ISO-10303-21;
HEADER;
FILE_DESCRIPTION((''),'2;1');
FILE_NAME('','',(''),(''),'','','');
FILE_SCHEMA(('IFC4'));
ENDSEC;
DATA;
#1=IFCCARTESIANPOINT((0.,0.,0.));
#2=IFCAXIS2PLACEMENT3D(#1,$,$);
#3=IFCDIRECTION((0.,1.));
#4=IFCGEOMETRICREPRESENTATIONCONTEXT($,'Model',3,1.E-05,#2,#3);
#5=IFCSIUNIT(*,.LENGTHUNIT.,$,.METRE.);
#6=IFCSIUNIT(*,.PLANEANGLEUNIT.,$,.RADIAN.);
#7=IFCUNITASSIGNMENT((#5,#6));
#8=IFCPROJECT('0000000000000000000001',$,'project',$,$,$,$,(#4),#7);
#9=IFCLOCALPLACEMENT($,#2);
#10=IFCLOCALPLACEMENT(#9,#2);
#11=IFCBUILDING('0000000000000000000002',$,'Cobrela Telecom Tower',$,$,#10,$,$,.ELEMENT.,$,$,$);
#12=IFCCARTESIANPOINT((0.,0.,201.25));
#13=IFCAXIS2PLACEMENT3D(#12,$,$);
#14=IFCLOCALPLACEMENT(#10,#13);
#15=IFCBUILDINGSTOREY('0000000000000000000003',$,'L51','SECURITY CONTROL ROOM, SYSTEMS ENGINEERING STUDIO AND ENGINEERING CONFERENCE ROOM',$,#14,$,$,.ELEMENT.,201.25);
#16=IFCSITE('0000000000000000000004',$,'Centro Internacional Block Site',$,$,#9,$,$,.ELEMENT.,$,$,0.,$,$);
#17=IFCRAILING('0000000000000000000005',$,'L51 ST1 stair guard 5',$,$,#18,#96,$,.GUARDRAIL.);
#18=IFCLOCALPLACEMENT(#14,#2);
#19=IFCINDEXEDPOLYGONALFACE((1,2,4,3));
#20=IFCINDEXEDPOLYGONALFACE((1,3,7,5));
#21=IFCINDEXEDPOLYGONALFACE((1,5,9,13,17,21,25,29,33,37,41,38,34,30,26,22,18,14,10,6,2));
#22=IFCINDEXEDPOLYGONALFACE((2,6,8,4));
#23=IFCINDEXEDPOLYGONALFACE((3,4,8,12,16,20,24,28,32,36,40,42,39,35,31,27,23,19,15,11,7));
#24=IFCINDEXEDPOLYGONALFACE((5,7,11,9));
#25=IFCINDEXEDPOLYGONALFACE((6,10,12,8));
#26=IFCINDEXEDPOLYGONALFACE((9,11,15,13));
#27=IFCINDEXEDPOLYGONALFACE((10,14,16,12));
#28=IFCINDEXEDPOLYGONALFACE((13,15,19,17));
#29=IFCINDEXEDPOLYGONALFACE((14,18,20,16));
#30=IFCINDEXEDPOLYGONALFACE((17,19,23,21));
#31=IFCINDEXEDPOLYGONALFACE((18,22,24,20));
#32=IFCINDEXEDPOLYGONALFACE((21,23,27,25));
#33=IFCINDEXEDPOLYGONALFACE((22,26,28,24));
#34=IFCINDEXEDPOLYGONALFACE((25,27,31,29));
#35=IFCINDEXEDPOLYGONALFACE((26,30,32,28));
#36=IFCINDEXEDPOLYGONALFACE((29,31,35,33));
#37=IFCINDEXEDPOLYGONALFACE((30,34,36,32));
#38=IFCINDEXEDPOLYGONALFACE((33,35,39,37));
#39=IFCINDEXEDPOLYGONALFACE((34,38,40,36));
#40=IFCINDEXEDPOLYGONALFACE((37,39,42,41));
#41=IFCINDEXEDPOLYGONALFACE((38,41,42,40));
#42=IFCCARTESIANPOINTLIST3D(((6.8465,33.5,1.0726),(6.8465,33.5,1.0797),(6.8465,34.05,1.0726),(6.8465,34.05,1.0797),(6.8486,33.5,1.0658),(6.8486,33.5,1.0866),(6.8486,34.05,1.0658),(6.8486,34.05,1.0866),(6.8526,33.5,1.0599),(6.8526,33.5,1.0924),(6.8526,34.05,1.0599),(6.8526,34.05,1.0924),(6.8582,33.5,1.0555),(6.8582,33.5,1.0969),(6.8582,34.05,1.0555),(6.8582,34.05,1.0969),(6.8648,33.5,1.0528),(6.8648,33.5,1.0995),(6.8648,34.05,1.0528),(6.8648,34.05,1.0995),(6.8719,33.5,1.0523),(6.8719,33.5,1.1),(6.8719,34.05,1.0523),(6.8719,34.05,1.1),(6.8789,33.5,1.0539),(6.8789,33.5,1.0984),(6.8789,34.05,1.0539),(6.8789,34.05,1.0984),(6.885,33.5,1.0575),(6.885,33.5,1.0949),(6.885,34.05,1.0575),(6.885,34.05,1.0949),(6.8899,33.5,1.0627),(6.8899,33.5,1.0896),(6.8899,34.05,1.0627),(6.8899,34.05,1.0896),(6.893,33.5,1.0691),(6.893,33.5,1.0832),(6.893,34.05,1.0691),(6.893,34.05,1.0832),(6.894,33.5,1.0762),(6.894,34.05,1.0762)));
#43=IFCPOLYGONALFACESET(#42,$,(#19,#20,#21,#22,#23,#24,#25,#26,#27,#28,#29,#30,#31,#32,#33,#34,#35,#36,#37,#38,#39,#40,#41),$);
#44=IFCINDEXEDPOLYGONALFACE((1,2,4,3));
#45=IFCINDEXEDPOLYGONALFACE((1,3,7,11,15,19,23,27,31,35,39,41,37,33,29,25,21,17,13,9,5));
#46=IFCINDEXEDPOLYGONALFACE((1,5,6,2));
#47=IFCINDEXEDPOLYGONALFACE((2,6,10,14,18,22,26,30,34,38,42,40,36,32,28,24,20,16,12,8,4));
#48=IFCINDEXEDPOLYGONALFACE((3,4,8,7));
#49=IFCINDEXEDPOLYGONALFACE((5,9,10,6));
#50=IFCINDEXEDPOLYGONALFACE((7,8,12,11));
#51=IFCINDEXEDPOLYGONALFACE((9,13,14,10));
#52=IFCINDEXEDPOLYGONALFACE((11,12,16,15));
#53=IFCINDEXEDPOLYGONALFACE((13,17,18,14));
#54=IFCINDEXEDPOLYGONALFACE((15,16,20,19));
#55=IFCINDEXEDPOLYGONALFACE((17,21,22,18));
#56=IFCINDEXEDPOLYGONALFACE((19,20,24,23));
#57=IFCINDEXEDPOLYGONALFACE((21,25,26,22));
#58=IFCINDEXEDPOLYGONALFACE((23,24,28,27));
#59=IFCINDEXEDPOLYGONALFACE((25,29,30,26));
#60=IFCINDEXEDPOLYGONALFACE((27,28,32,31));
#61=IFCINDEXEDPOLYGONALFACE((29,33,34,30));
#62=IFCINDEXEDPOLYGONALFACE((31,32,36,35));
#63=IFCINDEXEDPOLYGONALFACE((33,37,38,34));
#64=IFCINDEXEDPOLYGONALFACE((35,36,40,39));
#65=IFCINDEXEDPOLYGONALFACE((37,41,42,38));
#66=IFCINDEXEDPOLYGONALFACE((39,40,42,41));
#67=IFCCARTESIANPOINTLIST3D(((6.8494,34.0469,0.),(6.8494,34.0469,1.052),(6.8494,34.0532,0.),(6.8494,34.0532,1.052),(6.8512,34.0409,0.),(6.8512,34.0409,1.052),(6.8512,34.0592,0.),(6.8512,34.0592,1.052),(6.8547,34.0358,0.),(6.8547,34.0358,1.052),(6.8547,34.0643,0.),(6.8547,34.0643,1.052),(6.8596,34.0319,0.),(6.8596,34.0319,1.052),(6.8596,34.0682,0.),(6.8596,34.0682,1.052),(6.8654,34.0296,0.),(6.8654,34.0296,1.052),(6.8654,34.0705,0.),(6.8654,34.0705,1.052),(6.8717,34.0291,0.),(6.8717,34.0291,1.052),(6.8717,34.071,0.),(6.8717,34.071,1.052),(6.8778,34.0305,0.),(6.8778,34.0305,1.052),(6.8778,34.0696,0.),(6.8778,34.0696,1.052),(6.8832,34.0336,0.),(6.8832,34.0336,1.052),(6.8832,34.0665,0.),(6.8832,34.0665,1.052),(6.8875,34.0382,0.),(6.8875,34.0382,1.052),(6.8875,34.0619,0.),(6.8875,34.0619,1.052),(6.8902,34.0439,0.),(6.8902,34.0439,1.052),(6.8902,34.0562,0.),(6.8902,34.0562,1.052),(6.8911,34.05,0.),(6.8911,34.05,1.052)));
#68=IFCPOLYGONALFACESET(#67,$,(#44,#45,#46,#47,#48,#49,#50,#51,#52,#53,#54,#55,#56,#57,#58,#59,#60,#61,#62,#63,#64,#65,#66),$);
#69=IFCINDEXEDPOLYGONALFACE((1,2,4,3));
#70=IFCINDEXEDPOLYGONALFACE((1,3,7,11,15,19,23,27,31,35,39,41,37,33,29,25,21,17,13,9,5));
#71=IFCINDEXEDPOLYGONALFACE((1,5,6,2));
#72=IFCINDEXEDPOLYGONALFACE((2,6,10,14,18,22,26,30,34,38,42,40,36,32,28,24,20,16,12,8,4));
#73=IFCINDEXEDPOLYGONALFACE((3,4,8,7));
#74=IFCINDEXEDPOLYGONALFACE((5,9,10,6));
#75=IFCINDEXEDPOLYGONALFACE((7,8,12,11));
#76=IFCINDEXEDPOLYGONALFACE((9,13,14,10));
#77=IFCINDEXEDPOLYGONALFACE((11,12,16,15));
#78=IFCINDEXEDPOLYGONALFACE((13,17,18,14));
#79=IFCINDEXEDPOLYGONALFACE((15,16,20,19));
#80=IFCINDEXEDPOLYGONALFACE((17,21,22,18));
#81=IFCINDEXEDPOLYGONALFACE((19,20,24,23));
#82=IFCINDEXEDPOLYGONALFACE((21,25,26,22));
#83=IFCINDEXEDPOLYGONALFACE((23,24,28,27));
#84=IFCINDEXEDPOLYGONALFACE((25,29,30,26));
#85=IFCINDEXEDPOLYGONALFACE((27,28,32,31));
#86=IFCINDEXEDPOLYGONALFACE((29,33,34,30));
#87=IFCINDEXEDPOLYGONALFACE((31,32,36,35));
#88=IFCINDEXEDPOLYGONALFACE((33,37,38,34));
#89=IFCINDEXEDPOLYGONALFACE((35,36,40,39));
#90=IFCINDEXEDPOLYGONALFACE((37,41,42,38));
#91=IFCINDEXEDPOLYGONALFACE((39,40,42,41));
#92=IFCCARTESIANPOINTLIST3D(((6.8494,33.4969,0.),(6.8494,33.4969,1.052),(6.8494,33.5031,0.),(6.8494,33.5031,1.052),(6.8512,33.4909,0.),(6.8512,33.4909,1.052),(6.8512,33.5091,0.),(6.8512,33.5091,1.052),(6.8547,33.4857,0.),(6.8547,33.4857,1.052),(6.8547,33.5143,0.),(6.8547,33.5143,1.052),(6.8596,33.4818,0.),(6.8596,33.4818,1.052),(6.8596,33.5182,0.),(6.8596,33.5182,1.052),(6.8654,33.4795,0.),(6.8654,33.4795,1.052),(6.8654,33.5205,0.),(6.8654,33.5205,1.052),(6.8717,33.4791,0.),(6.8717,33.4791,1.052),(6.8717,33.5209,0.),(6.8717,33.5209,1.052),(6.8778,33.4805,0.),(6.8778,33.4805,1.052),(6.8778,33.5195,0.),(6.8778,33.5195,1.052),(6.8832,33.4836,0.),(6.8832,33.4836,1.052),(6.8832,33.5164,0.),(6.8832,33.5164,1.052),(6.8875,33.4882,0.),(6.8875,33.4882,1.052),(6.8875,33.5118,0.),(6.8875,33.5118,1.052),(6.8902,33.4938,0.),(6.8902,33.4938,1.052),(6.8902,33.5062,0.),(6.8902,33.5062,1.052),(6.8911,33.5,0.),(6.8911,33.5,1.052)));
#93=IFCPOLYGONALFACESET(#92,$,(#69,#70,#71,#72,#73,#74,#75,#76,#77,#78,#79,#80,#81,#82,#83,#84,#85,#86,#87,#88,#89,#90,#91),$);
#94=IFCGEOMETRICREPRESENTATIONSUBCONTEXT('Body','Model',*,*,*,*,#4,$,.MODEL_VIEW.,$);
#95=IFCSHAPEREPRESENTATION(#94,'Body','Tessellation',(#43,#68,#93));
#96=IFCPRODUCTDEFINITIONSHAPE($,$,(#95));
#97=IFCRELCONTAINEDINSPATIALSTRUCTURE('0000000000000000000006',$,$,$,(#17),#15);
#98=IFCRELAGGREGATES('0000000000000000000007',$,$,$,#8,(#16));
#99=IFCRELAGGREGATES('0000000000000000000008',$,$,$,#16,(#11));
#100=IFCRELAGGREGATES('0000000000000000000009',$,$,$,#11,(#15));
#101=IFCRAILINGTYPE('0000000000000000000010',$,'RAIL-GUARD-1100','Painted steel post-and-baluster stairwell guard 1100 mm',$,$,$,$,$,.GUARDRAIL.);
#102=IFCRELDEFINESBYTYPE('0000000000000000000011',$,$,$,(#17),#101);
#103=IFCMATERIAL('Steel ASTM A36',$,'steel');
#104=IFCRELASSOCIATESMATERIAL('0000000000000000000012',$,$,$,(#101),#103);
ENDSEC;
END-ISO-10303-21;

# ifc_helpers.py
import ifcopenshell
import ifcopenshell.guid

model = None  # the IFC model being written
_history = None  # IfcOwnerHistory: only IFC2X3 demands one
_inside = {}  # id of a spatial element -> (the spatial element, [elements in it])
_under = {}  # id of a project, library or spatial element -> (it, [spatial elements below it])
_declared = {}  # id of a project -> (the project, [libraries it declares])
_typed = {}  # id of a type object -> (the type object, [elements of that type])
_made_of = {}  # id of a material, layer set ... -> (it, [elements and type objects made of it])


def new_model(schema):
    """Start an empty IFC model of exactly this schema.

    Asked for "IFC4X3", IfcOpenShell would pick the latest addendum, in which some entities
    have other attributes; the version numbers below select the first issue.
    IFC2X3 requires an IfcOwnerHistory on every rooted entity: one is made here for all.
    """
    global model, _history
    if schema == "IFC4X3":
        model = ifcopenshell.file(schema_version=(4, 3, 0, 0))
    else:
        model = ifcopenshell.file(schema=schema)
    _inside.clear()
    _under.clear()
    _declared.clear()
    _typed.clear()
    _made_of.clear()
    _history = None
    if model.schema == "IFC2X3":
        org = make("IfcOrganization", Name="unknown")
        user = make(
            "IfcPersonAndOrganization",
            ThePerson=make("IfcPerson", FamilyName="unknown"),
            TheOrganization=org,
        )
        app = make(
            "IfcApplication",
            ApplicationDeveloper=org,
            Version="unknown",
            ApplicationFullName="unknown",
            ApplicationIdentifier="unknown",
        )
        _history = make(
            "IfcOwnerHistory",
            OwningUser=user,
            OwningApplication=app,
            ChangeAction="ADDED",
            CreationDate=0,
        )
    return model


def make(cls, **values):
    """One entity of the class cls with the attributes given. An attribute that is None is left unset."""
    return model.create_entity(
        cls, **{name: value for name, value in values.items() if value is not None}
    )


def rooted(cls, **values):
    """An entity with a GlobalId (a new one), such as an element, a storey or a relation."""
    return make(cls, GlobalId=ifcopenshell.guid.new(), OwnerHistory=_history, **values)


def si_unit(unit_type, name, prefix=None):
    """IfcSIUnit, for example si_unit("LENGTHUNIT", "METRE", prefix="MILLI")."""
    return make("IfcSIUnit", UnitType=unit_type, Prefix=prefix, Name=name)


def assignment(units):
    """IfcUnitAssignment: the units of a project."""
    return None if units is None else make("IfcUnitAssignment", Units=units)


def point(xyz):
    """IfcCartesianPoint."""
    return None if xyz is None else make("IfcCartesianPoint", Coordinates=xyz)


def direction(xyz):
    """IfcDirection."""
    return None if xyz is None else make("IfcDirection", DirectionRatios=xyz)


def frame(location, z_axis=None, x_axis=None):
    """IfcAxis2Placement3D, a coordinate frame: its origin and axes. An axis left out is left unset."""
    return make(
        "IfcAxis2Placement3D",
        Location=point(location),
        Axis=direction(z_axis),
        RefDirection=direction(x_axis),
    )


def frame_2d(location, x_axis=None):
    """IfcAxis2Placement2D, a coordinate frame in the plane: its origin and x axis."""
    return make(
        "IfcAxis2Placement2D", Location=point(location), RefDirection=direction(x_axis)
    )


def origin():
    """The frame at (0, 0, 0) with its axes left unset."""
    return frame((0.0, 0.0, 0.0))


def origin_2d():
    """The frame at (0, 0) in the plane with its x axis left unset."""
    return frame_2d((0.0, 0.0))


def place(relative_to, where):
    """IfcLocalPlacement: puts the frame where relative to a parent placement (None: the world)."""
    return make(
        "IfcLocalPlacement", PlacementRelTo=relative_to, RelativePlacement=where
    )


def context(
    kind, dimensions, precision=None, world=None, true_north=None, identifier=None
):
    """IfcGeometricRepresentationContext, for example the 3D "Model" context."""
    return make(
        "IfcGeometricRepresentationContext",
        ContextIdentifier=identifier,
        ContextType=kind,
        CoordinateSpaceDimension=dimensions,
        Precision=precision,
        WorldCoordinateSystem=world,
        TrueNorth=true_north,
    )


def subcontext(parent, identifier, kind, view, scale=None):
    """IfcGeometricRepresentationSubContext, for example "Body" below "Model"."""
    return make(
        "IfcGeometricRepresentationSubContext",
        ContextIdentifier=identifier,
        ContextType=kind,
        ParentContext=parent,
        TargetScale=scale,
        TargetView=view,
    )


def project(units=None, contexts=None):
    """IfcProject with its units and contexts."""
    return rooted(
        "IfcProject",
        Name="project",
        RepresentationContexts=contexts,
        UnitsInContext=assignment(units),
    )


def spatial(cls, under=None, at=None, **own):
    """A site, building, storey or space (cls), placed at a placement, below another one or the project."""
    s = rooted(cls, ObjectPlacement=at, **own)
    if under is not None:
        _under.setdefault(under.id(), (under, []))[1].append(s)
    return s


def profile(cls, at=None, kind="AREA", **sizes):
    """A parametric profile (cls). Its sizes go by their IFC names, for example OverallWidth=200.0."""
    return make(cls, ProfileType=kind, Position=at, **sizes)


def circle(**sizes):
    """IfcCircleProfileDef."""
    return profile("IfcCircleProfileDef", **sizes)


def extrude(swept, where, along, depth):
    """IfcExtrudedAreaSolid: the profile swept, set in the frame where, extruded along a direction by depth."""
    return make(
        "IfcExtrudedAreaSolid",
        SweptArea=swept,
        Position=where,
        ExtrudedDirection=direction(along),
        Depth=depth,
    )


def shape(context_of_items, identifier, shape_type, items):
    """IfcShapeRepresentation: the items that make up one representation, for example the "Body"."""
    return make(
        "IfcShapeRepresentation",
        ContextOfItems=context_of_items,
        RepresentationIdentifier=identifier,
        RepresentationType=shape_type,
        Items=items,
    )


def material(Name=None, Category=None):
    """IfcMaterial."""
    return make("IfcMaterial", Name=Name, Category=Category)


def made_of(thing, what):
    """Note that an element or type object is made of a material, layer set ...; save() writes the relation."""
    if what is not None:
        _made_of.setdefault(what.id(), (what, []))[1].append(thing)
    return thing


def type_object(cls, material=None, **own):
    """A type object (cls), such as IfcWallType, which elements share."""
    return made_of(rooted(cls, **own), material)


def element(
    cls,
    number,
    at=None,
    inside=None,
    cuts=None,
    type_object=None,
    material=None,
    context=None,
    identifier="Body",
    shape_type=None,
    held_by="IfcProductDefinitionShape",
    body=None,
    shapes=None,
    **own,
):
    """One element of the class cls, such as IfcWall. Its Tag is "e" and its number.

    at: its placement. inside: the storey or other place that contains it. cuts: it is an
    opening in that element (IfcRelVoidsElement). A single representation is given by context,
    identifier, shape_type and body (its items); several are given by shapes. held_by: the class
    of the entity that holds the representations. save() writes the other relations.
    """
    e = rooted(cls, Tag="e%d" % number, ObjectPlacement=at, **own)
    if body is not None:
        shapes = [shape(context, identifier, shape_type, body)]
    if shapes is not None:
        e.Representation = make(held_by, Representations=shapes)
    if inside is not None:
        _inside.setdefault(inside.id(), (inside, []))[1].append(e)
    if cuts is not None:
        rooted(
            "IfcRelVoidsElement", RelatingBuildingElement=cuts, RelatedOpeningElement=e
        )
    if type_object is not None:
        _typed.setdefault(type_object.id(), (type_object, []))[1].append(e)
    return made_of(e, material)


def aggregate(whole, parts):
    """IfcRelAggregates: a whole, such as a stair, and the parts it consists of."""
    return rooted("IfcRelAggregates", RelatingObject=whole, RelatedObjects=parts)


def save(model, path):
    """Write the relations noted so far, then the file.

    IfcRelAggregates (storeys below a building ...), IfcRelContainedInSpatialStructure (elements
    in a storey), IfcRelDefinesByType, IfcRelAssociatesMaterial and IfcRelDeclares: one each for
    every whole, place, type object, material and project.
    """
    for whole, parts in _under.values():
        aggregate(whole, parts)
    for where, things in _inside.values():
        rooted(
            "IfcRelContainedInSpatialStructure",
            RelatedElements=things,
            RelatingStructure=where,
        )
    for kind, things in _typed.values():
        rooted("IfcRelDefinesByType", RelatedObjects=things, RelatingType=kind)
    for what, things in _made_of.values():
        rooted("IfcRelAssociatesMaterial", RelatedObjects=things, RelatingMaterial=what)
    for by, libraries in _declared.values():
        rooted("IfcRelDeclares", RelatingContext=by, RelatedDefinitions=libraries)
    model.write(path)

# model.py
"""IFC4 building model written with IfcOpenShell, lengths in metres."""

from ifc_helpers import new_model, si_unit, direction, frame, origin, origin_2d, place, context, subcontext, project, spatial, circle, extrude, material, type_object, element, save


model = new_model("IFC4")

# Units and contexts
model_context = context("Model", 3, precision=1e-05, world=origin(), true_north=direction((0.0, 1.0)))
body_context = subcontext(model_context, "Body", "Model", "MODEL_VIEW")
ifc_project = project(units=[si_unit("LENGTHUNIT", "METRE"), si_unit("PLANEANGLEUNIT", "RADIAN")], contexts=[model_context])

# Site, building, storey
site_placement = place(None, origin())
site = spatial("IfcSite", under=ifc_project, at=site_placement, Name="Centro Internacional Block Site", CompositionType="ELEMENT", RefElevation=0.0)
building_placement = place(site_placement, origin())
building = spatial("IfcBuilding", under=site, at=building_placement, Name="Cobrela Telecom Tower", CompositionType="ELEMENT")
storey_placement = place(building_placement, frame((0.0, 0.0, 201.25)))
storey = spatial("IfcBuildingStorey", under=building, at=storey_placement, Name="L51", Description="SECURITY CONTROL ROOM, SYSTEMS ENGINEERING STUDIO AND ENGINEERING CONFERENCE ROOM", CompositionType="ELEMENT", Elevation=201.25)

# Shared definitions
ifc_material_1 = material(Name="Steel ASTM A36", Category="steel")

# Railing
railing_type_1 = type_object("IfcRailingType", Name="RAIL-GUARD-1100", Description="Painted steel post-and-baluster stairwell guard 1100 mm", PredefinedType="GUARDRAIL", material=ifc_material_1)
railing_1_placement = place(storey_placement, frame((6.8701, 34.05, 0.0)))
element("IfcRailing", 1, at=railing_1_placement, inside=storey, type_object=railing_type_1, Name="L51 ST1 stair guard 5", PredefinedType="GUARDRAIL", context=body_context, shape_type="SweptSolid", body=[
    extrude(circle(Radius=0.0239, at=origin_2d()), frame((0.0, 0.0, 1.0762), z_axis=(0.0, -1.0, 0.0), x_axis=(1.0, 0.0, 0.0)), (0.0, 0.0, 1.0), 0.55),
    extrude(circle(Radius=0.021, at=origin_2d()), origin(), (0.0, 0.0, 1.0), 1.052),
    extrude(circle(Radius=0.021, at=origin_2d()), frame((0.0, -0.55, 0.0)), (0.0, 0.0, 1.0), 1.052),
])

save(model, "model.ifc")
